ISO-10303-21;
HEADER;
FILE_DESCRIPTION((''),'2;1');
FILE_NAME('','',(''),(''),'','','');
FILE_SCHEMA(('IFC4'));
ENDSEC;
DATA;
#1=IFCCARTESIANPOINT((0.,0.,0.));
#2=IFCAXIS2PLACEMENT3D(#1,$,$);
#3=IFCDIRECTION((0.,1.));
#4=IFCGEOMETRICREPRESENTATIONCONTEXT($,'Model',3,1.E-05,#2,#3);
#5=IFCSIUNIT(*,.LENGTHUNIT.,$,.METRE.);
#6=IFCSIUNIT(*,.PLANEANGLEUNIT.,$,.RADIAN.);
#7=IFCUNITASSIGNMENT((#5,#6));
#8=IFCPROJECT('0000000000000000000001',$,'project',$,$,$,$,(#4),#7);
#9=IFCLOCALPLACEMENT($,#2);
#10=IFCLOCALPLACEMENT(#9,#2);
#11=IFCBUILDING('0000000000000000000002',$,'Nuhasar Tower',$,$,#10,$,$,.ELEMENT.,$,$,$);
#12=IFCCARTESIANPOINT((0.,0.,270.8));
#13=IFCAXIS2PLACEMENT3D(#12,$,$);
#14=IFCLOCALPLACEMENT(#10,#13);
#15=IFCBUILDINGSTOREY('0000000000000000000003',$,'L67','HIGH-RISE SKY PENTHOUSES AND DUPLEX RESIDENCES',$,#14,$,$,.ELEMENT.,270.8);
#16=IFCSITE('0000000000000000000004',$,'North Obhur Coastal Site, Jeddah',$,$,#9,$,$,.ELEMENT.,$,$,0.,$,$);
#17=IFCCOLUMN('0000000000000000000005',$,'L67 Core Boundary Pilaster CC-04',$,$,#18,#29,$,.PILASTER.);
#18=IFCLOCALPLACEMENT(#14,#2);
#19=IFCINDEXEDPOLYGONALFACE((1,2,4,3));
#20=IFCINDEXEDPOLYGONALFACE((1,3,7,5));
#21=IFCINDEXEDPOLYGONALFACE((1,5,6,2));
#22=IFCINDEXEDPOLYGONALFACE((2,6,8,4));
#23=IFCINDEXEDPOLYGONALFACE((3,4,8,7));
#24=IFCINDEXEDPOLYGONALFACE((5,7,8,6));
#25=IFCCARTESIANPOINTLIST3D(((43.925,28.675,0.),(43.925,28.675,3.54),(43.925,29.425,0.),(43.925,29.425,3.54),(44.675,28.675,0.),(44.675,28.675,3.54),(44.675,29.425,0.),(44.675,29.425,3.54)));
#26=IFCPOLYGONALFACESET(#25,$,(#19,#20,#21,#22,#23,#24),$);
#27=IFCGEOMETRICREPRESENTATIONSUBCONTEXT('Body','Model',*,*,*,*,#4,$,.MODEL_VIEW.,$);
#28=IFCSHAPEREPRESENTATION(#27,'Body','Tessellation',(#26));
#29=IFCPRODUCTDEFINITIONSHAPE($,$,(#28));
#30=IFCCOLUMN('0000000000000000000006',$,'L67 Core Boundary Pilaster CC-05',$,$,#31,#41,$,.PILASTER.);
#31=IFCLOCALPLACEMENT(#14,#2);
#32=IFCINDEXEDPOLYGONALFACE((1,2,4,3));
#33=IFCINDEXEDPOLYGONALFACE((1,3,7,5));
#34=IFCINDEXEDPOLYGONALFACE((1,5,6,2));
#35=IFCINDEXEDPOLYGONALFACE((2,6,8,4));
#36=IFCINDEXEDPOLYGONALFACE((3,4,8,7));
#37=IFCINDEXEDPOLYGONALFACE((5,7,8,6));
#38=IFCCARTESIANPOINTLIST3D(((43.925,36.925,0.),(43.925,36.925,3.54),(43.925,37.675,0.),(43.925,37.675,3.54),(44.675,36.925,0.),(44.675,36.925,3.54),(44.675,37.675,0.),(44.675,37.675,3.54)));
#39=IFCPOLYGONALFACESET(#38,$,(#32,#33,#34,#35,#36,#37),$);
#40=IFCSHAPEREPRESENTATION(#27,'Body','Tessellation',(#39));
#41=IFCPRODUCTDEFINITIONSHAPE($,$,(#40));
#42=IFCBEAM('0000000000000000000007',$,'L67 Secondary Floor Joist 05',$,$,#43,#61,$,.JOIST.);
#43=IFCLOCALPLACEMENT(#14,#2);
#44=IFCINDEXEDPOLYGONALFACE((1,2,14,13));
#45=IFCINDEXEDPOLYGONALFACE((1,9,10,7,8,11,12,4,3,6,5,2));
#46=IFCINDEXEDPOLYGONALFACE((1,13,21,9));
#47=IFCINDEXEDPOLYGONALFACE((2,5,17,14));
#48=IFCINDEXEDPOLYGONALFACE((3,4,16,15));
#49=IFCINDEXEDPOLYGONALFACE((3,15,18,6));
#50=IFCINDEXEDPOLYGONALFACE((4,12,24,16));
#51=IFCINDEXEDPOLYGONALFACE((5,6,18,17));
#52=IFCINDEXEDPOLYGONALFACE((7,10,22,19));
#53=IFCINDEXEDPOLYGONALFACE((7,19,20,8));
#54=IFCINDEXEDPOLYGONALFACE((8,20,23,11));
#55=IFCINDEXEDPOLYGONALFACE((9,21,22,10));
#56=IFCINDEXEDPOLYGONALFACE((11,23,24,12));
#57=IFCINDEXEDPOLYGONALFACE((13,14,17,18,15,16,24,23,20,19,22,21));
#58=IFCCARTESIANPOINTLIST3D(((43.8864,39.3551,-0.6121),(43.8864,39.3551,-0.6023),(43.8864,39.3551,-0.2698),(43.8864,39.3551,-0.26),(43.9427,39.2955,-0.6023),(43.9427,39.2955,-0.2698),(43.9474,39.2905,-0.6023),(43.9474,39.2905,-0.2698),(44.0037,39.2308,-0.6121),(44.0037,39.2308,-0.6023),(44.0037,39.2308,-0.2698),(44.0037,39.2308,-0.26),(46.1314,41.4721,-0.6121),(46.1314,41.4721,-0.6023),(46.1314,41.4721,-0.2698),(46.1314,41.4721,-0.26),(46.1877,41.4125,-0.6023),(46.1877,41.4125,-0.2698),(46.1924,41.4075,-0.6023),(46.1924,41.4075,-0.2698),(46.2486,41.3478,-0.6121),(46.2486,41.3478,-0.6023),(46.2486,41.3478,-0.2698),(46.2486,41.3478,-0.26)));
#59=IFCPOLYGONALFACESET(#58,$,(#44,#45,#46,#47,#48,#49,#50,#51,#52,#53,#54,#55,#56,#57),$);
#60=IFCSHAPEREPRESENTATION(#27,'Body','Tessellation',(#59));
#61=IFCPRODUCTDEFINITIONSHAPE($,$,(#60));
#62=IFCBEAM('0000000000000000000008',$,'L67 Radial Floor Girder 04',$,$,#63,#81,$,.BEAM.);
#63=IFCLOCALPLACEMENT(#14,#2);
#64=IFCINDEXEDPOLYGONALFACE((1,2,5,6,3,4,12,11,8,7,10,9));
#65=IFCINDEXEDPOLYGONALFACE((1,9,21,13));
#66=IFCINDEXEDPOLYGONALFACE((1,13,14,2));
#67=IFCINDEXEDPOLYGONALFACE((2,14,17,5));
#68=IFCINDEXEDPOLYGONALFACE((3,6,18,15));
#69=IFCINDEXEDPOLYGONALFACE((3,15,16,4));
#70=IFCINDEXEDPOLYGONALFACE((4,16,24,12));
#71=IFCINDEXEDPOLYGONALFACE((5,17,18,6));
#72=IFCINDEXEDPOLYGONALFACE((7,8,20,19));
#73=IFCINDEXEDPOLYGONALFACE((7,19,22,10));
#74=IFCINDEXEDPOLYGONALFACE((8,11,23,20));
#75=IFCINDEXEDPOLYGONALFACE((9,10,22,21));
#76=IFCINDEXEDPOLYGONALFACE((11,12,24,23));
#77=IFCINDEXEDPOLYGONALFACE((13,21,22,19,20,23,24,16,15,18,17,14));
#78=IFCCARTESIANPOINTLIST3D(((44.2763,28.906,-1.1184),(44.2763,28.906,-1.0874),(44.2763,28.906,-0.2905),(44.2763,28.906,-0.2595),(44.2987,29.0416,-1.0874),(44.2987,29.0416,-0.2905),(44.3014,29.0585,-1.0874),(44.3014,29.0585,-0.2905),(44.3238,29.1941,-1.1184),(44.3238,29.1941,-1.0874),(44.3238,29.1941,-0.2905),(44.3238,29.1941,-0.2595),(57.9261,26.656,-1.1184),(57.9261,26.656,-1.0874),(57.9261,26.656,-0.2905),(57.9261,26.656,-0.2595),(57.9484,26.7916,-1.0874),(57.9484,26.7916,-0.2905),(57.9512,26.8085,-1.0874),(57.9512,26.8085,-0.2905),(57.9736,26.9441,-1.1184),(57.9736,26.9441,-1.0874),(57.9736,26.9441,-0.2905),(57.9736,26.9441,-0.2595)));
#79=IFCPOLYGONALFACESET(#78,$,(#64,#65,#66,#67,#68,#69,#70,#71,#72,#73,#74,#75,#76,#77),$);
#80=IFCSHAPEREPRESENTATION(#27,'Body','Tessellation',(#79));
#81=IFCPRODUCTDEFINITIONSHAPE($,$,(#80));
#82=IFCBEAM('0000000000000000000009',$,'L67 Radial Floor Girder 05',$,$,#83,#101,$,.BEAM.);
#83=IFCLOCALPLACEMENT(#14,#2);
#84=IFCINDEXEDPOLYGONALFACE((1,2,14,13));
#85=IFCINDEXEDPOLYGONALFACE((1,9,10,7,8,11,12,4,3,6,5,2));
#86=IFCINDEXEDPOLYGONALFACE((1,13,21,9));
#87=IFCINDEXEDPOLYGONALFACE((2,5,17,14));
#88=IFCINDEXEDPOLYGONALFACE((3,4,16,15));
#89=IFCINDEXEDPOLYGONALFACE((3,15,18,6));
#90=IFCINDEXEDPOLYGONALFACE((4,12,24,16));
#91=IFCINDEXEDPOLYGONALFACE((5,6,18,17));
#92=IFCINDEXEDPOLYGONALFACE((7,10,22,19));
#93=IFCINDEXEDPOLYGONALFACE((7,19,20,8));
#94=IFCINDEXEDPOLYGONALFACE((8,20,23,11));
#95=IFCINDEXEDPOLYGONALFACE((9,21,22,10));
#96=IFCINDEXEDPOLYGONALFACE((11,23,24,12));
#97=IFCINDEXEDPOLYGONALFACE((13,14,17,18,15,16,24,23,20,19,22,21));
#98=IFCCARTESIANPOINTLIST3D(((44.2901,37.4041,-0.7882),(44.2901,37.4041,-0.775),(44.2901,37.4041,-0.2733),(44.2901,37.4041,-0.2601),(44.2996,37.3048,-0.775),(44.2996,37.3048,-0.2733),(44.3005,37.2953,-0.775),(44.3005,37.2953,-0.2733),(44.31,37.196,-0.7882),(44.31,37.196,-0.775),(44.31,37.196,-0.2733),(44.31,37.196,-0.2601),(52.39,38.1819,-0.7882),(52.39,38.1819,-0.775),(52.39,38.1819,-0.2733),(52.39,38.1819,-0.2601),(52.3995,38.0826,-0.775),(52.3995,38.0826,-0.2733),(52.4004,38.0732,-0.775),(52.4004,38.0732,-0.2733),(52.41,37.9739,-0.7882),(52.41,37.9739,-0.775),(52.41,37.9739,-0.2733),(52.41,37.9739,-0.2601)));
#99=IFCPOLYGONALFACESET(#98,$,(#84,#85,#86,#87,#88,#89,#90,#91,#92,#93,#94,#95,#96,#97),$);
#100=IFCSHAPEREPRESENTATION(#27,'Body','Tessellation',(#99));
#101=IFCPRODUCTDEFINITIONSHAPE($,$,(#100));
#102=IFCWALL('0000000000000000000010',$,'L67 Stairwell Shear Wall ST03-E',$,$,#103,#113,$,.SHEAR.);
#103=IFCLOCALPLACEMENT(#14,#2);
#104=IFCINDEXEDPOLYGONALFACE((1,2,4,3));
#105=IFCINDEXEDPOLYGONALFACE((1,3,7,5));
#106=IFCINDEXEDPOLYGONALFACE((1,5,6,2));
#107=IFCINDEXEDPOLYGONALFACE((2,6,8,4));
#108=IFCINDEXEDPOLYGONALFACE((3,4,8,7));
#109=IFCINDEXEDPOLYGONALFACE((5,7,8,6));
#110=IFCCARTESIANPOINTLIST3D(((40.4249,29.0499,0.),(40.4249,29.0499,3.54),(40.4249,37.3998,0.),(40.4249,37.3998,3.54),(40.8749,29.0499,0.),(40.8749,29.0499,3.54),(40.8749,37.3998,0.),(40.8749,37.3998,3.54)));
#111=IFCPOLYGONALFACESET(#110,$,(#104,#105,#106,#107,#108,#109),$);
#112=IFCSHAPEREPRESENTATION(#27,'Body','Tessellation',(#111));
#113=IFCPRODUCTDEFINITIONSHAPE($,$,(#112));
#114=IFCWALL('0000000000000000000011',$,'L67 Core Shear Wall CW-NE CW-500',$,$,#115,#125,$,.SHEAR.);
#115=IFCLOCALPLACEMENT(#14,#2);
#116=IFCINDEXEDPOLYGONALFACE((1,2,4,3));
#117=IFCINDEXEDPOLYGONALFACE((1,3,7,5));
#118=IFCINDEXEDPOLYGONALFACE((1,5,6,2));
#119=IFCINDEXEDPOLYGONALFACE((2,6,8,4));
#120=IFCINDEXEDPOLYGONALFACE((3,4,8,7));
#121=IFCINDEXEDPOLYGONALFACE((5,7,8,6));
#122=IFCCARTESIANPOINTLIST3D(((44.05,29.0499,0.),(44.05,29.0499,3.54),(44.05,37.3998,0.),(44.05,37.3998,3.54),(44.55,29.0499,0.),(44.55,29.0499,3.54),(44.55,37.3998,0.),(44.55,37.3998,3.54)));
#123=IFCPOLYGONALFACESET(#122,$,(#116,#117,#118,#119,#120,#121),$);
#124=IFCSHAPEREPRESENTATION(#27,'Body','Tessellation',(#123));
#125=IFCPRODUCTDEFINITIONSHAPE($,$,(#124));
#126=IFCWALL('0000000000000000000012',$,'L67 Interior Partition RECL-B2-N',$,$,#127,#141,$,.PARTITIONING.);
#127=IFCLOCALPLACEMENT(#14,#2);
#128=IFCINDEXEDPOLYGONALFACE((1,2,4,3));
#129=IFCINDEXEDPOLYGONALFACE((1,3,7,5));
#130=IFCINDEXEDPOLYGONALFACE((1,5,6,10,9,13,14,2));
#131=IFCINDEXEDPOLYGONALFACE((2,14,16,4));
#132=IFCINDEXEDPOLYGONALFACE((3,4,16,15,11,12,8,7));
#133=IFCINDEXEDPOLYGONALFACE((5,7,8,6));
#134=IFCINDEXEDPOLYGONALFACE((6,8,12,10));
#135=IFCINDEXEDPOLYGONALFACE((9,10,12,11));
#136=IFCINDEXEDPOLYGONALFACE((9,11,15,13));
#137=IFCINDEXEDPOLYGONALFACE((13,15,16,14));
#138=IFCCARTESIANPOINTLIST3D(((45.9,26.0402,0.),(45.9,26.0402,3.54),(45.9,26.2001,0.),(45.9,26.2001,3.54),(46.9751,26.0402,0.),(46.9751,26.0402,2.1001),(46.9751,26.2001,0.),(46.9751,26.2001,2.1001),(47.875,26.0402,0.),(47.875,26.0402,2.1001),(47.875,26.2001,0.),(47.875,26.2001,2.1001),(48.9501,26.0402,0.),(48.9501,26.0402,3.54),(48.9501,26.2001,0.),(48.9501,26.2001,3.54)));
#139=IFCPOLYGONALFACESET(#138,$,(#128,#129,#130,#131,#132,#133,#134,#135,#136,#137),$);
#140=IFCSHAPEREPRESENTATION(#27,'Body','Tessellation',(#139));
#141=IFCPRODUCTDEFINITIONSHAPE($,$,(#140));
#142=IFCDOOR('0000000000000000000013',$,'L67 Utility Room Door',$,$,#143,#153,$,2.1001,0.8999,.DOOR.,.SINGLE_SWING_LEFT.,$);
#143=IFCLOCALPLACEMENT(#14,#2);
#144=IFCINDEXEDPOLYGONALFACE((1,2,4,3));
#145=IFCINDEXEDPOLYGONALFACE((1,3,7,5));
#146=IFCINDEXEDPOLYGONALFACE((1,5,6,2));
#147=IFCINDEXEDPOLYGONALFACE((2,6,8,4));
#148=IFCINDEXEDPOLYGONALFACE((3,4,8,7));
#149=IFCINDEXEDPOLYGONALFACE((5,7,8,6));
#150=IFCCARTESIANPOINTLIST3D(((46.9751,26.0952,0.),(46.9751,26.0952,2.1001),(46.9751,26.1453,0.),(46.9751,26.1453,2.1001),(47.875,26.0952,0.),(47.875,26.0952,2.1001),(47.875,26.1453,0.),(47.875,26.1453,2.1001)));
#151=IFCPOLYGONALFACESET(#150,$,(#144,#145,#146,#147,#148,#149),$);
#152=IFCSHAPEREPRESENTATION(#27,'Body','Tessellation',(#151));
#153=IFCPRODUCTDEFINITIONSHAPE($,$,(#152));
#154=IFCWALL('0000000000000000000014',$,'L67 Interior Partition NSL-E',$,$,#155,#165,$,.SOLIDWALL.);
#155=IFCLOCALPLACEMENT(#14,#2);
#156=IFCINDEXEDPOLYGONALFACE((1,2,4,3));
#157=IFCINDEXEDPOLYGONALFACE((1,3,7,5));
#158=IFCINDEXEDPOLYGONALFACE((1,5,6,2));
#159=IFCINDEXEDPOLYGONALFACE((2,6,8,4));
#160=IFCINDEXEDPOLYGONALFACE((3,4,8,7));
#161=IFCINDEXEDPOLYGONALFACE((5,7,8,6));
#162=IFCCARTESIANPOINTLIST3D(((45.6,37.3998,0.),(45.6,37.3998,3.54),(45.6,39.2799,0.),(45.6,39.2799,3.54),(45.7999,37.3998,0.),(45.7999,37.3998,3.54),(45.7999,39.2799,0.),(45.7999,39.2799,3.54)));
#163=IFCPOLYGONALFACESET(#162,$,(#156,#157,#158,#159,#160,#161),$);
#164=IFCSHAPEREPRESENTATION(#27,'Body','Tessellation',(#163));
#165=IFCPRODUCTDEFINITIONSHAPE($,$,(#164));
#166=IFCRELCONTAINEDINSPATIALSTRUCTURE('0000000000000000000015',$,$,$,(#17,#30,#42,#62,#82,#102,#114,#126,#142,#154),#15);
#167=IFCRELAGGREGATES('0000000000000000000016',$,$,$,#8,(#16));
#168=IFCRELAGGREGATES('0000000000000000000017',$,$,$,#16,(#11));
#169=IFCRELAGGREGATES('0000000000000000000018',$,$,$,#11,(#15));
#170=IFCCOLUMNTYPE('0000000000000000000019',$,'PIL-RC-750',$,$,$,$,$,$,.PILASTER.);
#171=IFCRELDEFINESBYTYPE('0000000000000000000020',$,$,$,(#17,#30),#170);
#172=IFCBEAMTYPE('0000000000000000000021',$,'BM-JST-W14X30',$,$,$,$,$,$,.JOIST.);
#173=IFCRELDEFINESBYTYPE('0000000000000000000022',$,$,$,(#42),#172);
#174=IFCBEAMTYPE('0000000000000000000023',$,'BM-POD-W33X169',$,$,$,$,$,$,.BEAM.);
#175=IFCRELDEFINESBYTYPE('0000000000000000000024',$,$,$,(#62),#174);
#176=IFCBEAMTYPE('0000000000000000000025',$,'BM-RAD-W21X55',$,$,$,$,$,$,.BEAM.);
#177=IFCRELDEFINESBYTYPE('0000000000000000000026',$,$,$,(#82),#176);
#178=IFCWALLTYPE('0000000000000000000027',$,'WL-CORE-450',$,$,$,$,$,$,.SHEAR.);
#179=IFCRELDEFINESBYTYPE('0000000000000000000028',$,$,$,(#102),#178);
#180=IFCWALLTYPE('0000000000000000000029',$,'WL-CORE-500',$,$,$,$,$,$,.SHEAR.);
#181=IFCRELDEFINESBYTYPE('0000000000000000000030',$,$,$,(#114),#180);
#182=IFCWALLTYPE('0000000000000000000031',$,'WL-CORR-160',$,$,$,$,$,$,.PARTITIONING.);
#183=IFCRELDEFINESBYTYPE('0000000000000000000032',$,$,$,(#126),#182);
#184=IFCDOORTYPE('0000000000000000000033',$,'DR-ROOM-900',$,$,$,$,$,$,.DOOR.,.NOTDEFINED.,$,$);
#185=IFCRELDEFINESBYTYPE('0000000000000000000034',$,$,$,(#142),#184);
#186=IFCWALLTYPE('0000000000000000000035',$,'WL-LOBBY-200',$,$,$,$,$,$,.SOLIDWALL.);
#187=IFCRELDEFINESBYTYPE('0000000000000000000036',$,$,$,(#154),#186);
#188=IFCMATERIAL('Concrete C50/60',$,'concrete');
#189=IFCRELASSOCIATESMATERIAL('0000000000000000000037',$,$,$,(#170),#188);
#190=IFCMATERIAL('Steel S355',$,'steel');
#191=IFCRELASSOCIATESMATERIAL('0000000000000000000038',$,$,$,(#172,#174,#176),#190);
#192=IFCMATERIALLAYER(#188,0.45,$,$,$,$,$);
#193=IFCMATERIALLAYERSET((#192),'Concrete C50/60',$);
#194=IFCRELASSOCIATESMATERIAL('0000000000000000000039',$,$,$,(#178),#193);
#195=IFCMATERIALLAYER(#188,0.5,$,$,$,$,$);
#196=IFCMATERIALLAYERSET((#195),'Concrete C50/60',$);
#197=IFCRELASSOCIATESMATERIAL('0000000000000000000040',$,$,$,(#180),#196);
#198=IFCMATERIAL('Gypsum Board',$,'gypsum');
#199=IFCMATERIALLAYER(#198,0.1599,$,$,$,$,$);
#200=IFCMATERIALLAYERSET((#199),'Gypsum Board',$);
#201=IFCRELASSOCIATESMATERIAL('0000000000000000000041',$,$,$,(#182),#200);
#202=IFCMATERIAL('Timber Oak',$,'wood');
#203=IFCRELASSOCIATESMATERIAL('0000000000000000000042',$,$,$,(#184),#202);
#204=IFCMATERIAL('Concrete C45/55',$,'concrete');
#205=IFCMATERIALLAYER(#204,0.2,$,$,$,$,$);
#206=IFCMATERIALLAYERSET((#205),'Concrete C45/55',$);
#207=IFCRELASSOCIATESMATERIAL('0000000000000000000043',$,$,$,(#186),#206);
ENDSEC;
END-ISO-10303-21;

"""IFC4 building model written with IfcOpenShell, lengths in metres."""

from ifc_helpers import new_model, si_unit, direction, frame, frame_2d, origin, origin_2d, place, context, subcontext, project, spatial, rectangle, i_section, extrude, material, layer, layer_set, material_profile, profile_set, type_object, element, fill, save


model = new_model("IFC4")

# Units and contexts
model_context = context("Model", 3, precision=1e-05, world=origin(), true_north=direction((0.0, 1.0)))
body_context = subcontext(model_context, "Body", "Model", "MODEL_VIEW")
ifc_project = project(units=[si_unit("LENGTHUNIT", "METRE"), si_unit("PLANEANGLEUNIT", "RADIAN")], contexts=[model_context])

# Site, building, storey
site_placement = place(None, origin())
site = spatial("IfcSite", under=ifc_project, at=site_placement, Name="North Obhur Coastal Site, Jeddah", CompositionType="ELEMENT", RefElevation=0.0)
building_placement = place(site_placement, origin())
building = spatial("IfcBuilding", under=site, at=building_placement, Name="Nuhasar Tower", CompositionType="ELEMENT")
storey_placement = place(building_placement, frame((0.0, 0.0, 270.8)))
storey = spatial("IfcBuildingStorey", under=building, at=storey_placement, Name="L67", Description="HIGH-RISE SKY PENTHOUSES AND DUPLEX RESIDENCES", CompositionType="ELEMENT", Elevation=270.8)

# Columns
ifc_material_1 = material(Name="Concrete C50/60", Category="concrete")
ifc_material_profile_1 = material_profile(ifc_material_1, rectangle(XDim=0.75, YDim=0.75, at=origin_2d()), Name="RC750X750")
ifc_profile_set_1 = profile_set([ifc_material_profile_1], Name="Concrete C50/60")
column_type = type_object("IfcColumnType", Name="PIL-RC-750", PredefinedType="PILASTER", material=ifc_profile_set_1)
for number, where, z_axis, x_axis, name in (
    (1, (44.3, 29.05, 0.0), (0.0, 0.0, 1.0), (1.0, 0.0, 0.0), "L67 Core Boundary Pilaster CC-04"),
    (2, (44.3, 37.3, 0.0), (0.0, 0.0, 1.0), (1.0, 0.0, 0.0), "L67 Core Boundary Pilaster CC-05"),
):
    element("IfcColumn", number, at=place(storey_placement, frame(where, z_axis=z_axis, x_axis=x_axis)), inside=storey, type_object=column_type, Name=name, PredefinedType="PILASTER", context=body_context, shape_type="SweptSolid", body=[
        extrude(rectangle(XDim=0.75, YDim=0.75, at=origin_2d()), origin(), (0.0, 0.0, 1.0), 3.54),
    ])

# Beams
ifc_material_2 = material(Name="Steel S355", Category="steel")
ifc_material_profile_2 = material_profile(ifc_material_2, i_section(OverallWidth=0.1709, OverallDepth=0.3521, WebThickness=0.0068, FlangeThickness=0.0098, at=origin_2d()), Name="W14X30")
ifc_profile_set_2 = profile_set([ifc_material_profile_2], Name="Steel S355")
beam_type_1 = type_object("IfcBeamType", Name="BM-JST-W14X30", PredefinedType="JOIST", material=ifc_profile_set_2)
beam_1_placement = place(storey_placement, frame((43.9451, 39.293, -0.436), z_axis=(0.727533, 0.686073, 0.0), x_axis=(-0.686073, 0.727533, 0.0)))
element("IfcBeam", 3, at=beam_1_placement, inside=storey, type_object=beam_type_1, Name="L67 Secondary Floor Joist 05", PredefinedType="JOIST", context=body_context, shape_type="SweptSolid", body=[
    extrude(i_section(OverallWidth=0.1709, OverallDepth=0.3521, WebThickness=0.0068, FlangeThickness=0.0098, at=origin_2d()), origin(), (0.0, 0.0, 1.0), 3.0857),
])
ifc_material_profile_3 = material_profile(ifc_material_2, i_section(OverallWidth=0.292, OverallDepth=0.8589, WebThickness=0.0171, FlangeThickness=0.031, at=origin_2d()), Name="W33X169")
ifc_profile_set_3 = profile_set([ifc_material_profile_3], Name="Steel S355")
beam_type_2 = type_object("IfcBeamType", Name="BM-POD-W33X169", PredefinedType="BEAM", material=ifc_profile_set_3)
beam_2_placement = place(storey_placement, frame((44.3, 29.05, -0.689), z_axis=(0.986685, -0.162642, 0.0), x_axis=(0.162642, 0.986685, 0.0)))
element("IfcBeam", 4, at=beam_2_placement, inside=storey, type_object=beam_type_2, Name="L67 Radial Floor Girder 04", PredefinedType="BEAM", context=body_context, shape_type="SweptSolid", body=[
    extrude(i_section(OverallWidth=0.292, OverallDepth=0.8589, WebThickness=0.0171, FlangeThickness=0.031, at=origin_2d()), origin(), (0.0, 0.0, 1.0), 13.834),
])
ifc_material_profile_4 = material_profile(ifc_material_2, i_section(OverallWidth=0.209, OverallDepth=0.5281, WebThickness=0.0095, FlangeThickness=0.0132, at=origin_2d()), Name="W21X55")
ifc_profile_set_4 = profile_set([ifc_material_profile_4], Name="Steel S355")
beam_type_3 = type_object("IfcBeamType", Name="BM-RAD-W21X55", PredefinedType="BEAM", material=ifc_profile_set_4)
beam_3_placement = place(storey_placement, frame((44.3, 37.3, -0.5242), z_axis=(0.995421, 0.095591, 0.0), x_axis=(-0.095591, 0.995421, 0.0)))
element("IfcBeam", 5, at=beam_3_placement, inside=storey, type_object=beam_type_3, Name="L67 Radial Floor Girder 05", PredefinedType="BEAM", context=body_context, shape_type="SweptSolid", body=[
    extrude(i_section(OverallWidth=0.209, OverallDepth=0.5281, WebThickness=0.0095, FlangeThickness=0.0132, at=origin_2d()), origin(), (0.0, 0.0, 1.0), 8.1372),
])

# Shared definitions
ifc_layer_1 = layer(ifc_material_1, 0.45)
ifc_layer_set_1 = layer_set([ifc_layer_1], Name="Concrete C50/60")
wall_type_1 = type_object("IfcWallType", Name="WL-CORE-450", PredefinedType="SHEAR", material=ifc_layer_set_1)

# Wall
wall_1_placement = place(storey_placement, frame((40.6499, 29.05, 0.0), z_axis=(0.0, 0.0, 1.0), x_axis=(0.0, 1.0, 0.0)))
element("IfcWall", 6, at=wall_1_placement, inside=storey, type_object=wall_type_1, Name="L67 Stairwell Shear Wall ST03-E", PredefinedType="SHEAR", context=body_context, shape_type="SweptSolid", body=[
    extrude(rectangle(XDim=8.3499, YDim=0.45, at=frame_2d((4.1748, 0.0))), origin(), (0.0, 0.0, 1.0), 3.54),
])

# Wall
ifc_layer_2 = layer(ifc_material_1, 0.5)
ifc_layer_set_2 = layer_set([ifc_layer_2], Name="Concrete C50/60")
wall_type_2 = type_object("IfcWallType", Name="WL-CORE-500", PredefinedType="SHEAR", material=ifc_layer_set_2)
wall_2_placement = place(storey_placement, frame((44.3, 29.05, 0.0), z_axis=(0.0, 0.0, 1.0), x_axis=(0.0, 1.0, 0.0)))
element("IfcWall", 7, at=wall_2_placement, inside=storey, type_object=wall_type_2, Name="L67 Core Shear Wall CW-NE CW-500", PredefinedType="SHEAR", context=body_context, shape_type="SweptSolid", body=[
    extrude(rectangle(XDim=8.3499, YDim=0.5, at=frame_2d((4.1748, 0.0))), origin(), (0.0, 0.0, 1.0), 3.54),
])

# Wall, opening, door
ifc_material_3 = material(Name="Gypsum Board", Category="gypsum")
ifc_layer_3 = layer(ifc_material_3, 0.1599)
ifc_layer_set_3 = layer_set([ifc_layer_3], Name="Gypsum Board")
wall_type_3 = type_object("IfcWallType", Name="WL-CORR-160", PredefinedType="PARTITIONING", material=ifc_layer_set_3)
wall_3_placement = place(storey_placement, frame((48.95, 26.1201, 0.0), z_axis=(0.0, 0.0, 1.0), x_axis=(-1.0, 0.0, 0.0)))
wall_3 = element("IfcWall", 8, at=wall_3_placement, inside=storey, type_object=wall_type_3, Name="L67 Interior Partition RECL-B2-N", PredefinedType="PARTITIONING", context=body_context, shape_type="SweptSolid", body=[
    extrude(rectangle(XDim=3.05, YDim=0.1599, at=frame_2d((1.5249, 0.0))), origin(), (0.0, 0.0, 1.0), 3.54),
])
opening_1_placement = place(wall_3_placement, frame((1.075, 0.0, 0.0)))
opening_1 = element("IfcOpeningElement", 9, at=opening_1_placement, cuts=wall_3, PredefinedType="OPENING", context=body_context, shape_type="SweptSolid", body=[
    extrude(rectangle(XDim=0.8999, YDim=2.1001, at=frame_2d((0.45, 1.05))), frame((0.0, 0.0898, 0.0), z_axis=(0.0, -1.0, 0.0), x_axis=(1.0, 0.0, 0.0)), (0.0, 0.0, 1.0), 0.1799),
])
ifc_material_4 = material(Name="Timber Oak", Category="wood")
door_type_1 = type_object("IfcDoorType", Name="DR-ROOM-900", OperationType="NOTDEFINED", PredefinedType="DOOR", material=ifc_material_4)
door_1_placement = place(opening_1_placement, origin())
door_1 = element("IfcDoor", 10, at=door_1_placement, inside=storey, type_object=door_type_1, Name="L67 Utility Room Door", OperationType="SINGLE_SWING_LEFT", OverallHeight=2.1001, OverallWidth=0.8999, PredefinedType="DOOR", context=body_context, shape_type="SweptSolid", body=[
    extrude(rectangle(XDim=0.8999, YDim=2.1001, at=frame_2d((0.45, 1.05))), frame((0.0, 0.0249, 0.0), z_axis=(0.0, -1.0, 0.0), x_axis=(1.0, 0.0, 0.0)), (0.0, 0.0, 1.0), 0.05),
])
fill(opening_1, door_1)

# Wall
ifc_material_5 = material(Name="Concrete C45/55", Category="concrete")
ifc_layer_4 = layer(ifc_material_5, 0.2)
ifc_layer_set_4 = layer_set([ifc_layer_4], Name="Concrete C45/55")
wall_type_4 = type_object("IfcWallType", Name="WL-LOBBY-200", PredefinedType="SOLIDWALL", material=ifc_layer_set_4)
wall_4_placement = place(storey_placement, frame((45.7, 37.3999, 0.0), z_axis=(0.0, 0.0, 1.0), x_axis=(0.0, 1.0, 0.0)))
element("IfcWall", 11, at=wall_4_placement, inside=storey, type_object=wall_type_4, Name="L67 Interior Partition NSL-E", PredefinedType="SOLIDWALL", context=body_context, shape_type="SweptSolid", body=[
    extrude(rectangle(XDim=1.8801, YDim=0.2, at=frame_2d((0.9399, 0.0))), origin(), (0.0, 0.0, 1.0), 3.54),
])

save(model, "model.ifc")
